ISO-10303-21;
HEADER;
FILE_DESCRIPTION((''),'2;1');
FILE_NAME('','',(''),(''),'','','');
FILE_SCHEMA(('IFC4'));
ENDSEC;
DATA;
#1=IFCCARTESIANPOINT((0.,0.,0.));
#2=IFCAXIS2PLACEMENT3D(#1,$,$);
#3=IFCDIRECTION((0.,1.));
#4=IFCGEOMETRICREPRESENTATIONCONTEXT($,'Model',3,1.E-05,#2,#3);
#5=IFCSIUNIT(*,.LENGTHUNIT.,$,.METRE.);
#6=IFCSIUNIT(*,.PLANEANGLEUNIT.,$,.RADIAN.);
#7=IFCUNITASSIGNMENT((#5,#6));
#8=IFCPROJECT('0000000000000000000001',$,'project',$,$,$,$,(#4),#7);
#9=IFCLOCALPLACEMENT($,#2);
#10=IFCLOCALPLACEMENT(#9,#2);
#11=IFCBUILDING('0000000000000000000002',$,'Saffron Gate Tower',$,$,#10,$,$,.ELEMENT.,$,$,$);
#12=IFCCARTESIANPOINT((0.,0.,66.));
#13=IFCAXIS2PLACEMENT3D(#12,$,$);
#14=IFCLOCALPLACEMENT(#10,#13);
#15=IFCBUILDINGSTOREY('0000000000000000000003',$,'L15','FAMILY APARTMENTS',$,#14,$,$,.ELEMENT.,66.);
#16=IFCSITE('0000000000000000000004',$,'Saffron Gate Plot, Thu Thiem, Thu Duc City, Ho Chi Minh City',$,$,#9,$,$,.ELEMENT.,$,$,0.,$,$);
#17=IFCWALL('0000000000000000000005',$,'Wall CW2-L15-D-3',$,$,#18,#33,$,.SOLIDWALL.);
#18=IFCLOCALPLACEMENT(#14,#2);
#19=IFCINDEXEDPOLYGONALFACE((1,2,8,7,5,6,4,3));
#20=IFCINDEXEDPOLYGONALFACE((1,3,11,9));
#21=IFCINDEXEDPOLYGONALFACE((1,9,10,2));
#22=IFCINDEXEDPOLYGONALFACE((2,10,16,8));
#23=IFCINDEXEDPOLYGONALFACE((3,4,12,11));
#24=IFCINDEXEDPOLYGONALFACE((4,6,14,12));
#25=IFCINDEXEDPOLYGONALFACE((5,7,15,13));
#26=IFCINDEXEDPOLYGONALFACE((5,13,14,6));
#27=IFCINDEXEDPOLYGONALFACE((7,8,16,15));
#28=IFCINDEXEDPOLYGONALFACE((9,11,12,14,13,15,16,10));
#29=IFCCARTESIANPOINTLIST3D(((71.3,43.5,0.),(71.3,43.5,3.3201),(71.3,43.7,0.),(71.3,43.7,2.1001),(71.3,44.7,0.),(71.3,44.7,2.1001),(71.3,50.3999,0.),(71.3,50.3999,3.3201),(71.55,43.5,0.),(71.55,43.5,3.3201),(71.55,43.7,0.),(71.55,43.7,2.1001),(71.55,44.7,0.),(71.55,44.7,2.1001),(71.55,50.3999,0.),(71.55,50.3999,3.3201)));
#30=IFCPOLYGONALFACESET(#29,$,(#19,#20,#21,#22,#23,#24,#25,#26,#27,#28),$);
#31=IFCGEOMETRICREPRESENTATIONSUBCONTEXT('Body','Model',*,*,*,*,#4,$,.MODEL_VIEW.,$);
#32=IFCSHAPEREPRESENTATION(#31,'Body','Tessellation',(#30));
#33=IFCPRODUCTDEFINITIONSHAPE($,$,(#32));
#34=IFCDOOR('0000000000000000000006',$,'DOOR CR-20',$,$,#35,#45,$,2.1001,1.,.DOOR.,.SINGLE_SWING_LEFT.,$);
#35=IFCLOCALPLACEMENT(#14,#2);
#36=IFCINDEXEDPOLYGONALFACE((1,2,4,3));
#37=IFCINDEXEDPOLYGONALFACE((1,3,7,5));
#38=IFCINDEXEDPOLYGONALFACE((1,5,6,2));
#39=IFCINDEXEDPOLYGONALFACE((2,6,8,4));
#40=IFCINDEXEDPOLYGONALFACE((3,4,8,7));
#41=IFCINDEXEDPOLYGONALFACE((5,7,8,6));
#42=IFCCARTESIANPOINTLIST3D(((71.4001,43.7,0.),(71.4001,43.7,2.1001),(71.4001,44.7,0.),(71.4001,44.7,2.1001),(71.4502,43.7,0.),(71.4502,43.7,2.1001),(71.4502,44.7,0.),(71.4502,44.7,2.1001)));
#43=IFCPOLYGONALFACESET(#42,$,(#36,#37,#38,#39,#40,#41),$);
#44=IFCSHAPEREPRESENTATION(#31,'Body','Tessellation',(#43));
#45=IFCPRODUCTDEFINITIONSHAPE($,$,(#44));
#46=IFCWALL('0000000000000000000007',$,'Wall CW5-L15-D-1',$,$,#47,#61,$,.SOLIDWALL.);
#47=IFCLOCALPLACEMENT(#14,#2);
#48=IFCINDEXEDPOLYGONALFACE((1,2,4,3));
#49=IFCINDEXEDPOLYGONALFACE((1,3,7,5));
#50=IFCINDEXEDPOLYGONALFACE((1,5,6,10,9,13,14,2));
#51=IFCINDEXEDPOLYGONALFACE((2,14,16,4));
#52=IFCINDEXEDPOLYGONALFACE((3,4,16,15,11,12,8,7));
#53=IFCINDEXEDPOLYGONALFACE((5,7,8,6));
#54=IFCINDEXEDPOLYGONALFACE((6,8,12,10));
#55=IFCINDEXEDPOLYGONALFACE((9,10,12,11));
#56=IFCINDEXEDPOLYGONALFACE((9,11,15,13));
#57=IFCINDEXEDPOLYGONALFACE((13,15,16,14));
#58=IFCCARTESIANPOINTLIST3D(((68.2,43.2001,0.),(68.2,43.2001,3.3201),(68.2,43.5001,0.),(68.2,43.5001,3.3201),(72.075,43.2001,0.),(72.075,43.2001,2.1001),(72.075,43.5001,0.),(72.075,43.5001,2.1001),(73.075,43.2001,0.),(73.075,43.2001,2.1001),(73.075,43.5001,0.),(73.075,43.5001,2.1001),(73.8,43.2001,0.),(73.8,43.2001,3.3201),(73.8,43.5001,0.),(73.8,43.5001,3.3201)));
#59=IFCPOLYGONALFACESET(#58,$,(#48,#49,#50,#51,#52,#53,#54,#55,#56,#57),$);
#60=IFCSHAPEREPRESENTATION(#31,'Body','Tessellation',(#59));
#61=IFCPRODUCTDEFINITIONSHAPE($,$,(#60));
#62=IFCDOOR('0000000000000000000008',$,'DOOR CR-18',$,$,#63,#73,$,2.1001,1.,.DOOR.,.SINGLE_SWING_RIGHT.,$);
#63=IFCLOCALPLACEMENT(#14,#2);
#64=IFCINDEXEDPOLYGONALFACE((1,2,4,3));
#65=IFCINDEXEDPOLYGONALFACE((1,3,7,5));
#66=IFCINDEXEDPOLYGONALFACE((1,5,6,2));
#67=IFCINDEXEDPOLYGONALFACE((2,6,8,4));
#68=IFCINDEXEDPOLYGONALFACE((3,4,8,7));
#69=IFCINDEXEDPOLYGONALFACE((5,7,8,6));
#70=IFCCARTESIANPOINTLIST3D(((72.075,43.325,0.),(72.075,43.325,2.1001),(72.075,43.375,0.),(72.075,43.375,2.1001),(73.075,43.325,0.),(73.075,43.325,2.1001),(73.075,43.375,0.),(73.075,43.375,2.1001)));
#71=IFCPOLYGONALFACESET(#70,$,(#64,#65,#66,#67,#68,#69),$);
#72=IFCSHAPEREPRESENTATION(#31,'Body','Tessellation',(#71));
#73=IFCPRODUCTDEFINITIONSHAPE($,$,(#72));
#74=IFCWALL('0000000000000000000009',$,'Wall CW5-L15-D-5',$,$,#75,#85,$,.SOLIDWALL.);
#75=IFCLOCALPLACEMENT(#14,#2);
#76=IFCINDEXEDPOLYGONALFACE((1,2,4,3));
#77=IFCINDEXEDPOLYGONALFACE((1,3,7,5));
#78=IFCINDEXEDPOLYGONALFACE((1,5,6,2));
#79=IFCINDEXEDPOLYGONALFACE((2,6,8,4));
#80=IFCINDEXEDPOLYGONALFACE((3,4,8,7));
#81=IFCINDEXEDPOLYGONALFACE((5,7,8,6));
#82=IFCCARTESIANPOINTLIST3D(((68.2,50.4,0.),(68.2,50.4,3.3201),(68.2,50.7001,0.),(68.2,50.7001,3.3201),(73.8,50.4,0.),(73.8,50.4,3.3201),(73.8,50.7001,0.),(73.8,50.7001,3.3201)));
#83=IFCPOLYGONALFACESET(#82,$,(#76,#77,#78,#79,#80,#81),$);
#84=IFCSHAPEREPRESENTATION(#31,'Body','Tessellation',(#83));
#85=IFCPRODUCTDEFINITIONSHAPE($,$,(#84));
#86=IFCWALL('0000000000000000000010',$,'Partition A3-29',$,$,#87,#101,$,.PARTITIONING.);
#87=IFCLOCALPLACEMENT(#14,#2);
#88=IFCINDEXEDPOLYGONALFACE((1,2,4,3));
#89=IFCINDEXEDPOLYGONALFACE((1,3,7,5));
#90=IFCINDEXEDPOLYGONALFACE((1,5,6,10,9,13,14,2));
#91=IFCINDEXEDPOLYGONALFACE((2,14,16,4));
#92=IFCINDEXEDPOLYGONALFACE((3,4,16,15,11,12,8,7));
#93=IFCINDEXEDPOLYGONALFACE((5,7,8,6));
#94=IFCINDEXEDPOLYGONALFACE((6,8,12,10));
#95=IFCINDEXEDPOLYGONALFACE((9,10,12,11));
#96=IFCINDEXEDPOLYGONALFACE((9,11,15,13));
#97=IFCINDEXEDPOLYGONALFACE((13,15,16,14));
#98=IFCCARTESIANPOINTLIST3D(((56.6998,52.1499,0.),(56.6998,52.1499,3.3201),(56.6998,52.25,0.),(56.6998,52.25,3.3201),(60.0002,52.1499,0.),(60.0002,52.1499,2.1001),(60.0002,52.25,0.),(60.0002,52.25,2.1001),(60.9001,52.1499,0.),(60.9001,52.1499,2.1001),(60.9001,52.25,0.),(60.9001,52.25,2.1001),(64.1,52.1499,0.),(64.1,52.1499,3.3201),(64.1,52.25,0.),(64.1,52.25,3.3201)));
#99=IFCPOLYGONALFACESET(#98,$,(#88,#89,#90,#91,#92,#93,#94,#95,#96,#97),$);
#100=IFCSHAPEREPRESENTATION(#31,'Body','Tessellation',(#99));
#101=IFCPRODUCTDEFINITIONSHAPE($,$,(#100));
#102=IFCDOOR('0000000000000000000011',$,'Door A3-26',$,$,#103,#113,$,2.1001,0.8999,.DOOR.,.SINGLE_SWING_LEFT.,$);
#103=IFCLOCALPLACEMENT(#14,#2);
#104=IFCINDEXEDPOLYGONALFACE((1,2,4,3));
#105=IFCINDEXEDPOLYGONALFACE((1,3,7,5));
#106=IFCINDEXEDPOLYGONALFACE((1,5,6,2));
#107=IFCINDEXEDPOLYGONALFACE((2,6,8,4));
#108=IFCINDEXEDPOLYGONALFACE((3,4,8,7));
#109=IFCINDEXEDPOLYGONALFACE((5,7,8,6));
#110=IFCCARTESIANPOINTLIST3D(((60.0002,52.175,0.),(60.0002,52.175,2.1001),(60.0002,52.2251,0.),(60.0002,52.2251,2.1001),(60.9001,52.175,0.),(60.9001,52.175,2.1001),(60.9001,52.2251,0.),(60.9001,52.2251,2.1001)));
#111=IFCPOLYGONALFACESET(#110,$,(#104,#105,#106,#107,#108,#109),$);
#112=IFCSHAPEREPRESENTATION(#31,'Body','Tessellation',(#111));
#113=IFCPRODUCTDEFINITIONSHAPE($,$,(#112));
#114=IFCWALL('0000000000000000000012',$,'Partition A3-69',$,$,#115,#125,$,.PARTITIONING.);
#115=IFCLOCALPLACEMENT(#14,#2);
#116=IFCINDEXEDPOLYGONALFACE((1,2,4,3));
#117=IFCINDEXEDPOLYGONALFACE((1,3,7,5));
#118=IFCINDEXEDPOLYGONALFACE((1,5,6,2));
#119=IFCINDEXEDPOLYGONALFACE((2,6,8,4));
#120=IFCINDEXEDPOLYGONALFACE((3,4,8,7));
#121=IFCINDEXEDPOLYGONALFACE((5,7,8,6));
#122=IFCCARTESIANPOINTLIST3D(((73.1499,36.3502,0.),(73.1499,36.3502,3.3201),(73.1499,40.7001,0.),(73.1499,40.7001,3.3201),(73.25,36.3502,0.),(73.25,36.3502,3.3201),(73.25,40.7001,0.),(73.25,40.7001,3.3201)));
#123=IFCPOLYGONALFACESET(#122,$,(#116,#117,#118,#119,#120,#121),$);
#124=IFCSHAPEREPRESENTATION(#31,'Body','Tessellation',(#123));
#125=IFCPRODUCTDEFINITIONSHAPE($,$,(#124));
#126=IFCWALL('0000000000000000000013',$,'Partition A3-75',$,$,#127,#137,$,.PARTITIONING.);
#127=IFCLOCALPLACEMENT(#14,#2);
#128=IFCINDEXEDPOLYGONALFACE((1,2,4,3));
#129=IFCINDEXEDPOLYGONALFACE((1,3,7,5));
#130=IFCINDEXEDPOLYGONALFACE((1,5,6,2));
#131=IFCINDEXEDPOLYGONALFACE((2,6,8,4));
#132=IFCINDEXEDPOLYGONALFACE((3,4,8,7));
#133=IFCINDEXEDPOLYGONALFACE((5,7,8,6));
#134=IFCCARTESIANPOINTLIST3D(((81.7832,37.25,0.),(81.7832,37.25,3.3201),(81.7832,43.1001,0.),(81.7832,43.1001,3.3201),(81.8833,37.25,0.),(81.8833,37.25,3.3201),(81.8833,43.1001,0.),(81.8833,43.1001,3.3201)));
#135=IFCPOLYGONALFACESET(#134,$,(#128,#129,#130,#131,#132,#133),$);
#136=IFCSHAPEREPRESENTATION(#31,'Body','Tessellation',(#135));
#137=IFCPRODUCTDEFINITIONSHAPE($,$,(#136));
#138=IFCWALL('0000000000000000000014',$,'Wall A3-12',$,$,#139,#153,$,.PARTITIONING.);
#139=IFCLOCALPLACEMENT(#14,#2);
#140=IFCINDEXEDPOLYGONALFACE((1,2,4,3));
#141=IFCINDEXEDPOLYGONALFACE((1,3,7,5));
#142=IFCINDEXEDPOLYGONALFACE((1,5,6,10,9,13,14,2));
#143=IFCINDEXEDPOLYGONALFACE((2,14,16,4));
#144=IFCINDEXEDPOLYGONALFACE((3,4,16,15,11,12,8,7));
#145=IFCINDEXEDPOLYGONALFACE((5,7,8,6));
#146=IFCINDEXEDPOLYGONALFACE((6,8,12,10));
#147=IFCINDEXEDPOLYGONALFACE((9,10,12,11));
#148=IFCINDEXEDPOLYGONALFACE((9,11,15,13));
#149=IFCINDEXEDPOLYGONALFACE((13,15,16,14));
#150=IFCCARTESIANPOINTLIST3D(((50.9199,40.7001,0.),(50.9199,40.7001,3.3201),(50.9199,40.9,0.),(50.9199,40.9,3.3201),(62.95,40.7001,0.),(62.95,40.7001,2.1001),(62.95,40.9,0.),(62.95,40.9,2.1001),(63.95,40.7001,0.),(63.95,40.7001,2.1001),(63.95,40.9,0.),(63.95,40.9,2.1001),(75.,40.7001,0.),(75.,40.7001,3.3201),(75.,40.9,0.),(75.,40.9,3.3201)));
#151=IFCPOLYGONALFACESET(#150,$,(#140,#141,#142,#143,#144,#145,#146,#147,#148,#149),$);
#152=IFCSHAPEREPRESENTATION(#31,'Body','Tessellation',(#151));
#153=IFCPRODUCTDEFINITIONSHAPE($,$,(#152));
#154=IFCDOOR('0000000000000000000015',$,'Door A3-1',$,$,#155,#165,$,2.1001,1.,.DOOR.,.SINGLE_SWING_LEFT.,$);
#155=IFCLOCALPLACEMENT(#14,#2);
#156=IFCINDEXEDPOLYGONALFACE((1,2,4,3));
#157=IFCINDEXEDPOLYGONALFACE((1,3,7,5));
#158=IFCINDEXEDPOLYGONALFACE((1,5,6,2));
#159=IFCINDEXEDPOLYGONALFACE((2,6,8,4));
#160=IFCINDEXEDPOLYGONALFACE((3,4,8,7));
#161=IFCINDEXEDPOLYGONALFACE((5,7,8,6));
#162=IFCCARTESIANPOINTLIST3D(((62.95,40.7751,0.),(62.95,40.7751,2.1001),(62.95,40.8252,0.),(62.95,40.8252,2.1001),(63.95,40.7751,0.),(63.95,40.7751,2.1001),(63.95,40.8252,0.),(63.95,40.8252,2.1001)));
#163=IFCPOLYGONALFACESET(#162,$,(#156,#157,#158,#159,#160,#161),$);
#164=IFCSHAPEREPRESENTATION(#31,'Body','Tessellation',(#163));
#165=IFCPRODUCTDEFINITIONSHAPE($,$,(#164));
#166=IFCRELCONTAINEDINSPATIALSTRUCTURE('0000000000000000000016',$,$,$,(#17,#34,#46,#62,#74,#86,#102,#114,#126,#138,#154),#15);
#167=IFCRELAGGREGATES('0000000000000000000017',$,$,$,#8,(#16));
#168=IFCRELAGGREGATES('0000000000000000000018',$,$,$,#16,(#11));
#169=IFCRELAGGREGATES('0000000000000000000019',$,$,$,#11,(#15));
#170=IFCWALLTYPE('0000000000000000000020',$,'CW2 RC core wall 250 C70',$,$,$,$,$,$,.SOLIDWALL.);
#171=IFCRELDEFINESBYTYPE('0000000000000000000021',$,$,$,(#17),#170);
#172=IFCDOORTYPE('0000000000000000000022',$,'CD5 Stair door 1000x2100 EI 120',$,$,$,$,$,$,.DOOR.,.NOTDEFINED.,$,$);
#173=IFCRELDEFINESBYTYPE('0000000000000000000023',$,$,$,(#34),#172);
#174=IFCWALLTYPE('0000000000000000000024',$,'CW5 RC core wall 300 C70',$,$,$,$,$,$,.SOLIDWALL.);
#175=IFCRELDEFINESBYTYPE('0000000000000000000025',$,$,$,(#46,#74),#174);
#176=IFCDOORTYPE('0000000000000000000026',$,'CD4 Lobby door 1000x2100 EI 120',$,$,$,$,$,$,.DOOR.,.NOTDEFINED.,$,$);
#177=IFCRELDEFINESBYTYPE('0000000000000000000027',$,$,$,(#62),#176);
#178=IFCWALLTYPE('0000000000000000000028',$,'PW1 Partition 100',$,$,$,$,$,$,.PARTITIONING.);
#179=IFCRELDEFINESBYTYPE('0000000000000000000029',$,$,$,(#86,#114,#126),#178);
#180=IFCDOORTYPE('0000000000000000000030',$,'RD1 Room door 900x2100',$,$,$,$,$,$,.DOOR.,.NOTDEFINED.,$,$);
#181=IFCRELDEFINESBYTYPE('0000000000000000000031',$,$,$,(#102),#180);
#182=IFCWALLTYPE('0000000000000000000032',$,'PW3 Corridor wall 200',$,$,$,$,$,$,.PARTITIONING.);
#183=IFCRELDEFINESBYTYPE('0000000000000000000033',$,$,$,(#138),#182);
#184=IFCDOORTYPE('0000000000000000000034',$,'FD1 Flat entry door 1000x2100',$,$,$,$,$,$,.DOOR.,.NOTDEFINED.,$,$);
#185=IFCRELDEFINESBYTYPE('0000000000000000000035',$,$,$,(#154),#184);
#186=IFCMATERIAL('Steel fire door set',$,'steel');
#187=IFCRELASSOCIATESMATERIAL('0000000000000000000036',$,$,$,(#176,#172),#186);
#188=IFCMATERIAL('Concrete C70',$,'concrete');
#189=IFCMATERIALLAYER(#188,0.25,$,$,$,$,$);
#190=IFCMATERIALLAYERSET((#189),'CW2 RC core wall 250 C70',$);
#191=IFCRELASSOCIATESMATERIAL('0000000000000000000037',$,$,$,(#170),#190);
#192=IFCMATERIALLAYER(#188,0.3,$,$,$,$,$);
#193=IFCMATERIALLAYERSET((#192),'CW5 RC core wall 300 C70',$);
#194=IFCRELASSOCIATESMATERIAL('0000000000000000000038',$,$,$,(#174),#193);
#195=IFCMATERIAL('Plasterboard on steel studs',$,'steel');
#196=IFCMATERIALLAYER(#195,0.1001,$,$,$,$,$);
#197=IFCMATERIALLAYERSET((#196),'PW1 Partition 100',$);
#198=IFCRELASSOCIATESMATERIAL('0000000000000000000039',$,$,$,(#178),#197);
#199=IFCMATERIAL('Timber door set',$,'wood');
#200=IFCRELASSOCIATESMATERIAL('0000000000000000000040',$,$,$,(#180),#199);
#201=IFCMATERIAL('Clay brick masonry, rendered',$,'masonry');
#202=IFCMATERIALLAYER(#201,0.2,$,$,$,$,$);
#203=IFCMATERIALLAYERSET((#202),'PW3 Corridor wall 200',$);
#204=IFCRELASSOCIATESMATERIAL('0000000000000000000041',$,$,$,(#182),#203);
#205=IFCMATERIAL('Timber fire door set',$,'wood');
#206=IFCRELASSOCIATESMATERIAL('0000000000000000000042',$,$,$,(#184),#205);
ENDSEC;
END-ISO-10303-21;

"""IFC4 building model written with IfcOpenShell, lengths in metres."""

from ifc_helpers import new_model, si_unit, direction, frame, frame_2d, origin, place, context, subcontext, project, spatial, rectangle, extrude, material, layer, layer_set, type_object, element, fill, save


model = new_model("IFC4")

# Units and contexts
model_context = context("Model", 3, precision=1e-05, world=origin(), true_north=direction((0.0, 1.0)))
body_context = subcontext(model_context, "Body", "Model", "MODEL_VIEW")
ifc_project = project(units=[si_unit("LENGTHUNIT", "METRE"), si_unit("PLANEANGLEUNIT", "RADIAN")], contexts=[model_context])

# Site, building, storey
site_placement = place(None, origin())
site = spatial("IfcSite", under=ifc_project, at=site_placement, Name="Saffron Gate Plot, Thu Thiem, Thu Duc City, Ho Chi Minh City", CompositionType="ELEMENT", RefElevation=0.0)
building_placement = place(site_placement, origin())
building = spatial("IfcBuilding", under=site, at=building_placement, Name="Saffron Gate Tower", CompositionType="ELEMENT")
storey_placement = place(building_placement, frame((0.0, 0.0, 66.0)))
storey = spatial("IfcBuildingStorey", under=building, at=storey_placement, Name="L15", Description="FAMILY APARTMENTS", CompositionType="ELEMENT", Elevation=66.0)

# Shared definitions
ifc_material_1 = material(Name="Steel fire door set", Category="steel")
door_type_1 = type_object("IfcDoorType", Name="CD4 Lobby door 1000x2100 EI 120", OperationType="NOTDEFINED", PredefinedType="DOOR", material=ifc_material_1)

# Shared definitions
ifc_material_2 = material(Name="Concrete C70", Category="concrete")
ifc_layer_1 = layer(ifc_material_2, 0.25)
ifc_layer_set_1 = layer_set([ifc_layer_1], Name="CW2 RC core wall 250 C70")
wall_type_1 = type_object("IfcWallType", Name="CW2 RC core wall 250 C70", PredefinedType="SOLIDWALL", material=ifc_layer_set_1)

# Walls, openings, doors
wall_1_placement = place(storey_placement, frame((71.425, 43.5, 0.0), z_axis=(0.0, 0.0, 1.0), x_axis=(0.0, 1.0, 0.0)))
wall_1 = element("IfcWall", 1, at=wall_1_placement, inside=storey, type_object=wall_type_1, Name="Wall CW2-L15-D-3", PredefinedType="SOLIDWALL", context=body_context, shape_type="SweptSolid", body=[
    extrude(rectangle(XDim=6.8999, YDim=0.25, at=frame_2d((3.45, 0.0))), origin(), (0.0, 0.0, 1.0), 3.3201),
])
opening_1_placement = place(wall_1_placement, frame((0.2, 0.0, 0.0)))
opening_1 = element("IfcOpeningElement", 2, at=opening_1_placement, cuts=wall_1, PredefinedType="OPENING", context=body_context, shape_type="SweptSolid", body=[
    extrude(rectangle(XDim=1.0, YDim=2.1001, at=frame_2d((0.5, 1.05))), frame((0.0, 0.135, 0.0), z_axis=(0.0, -1.0, 0.0), x_axis=(1.0, 0.0, 0.0)), (0.0, 0.0, 1.0), 0.27),
])
door_type_2 = type_object("IfcDoorType", Name="CD5 Stair door 1000x2100 EI 120", OperationType="NOTDEFINED", PredefinedType="DOOR", material=ifc_material_1)
door_1_placement = place(opening_1_placement, origin())
door_1 = element("IfcDoor", 3, at=door_1_placement, inside=storey, type_object=door_type_2, Name="DOOR CR-20", OperationType="SINGLE_SWING_LEFT", OverallHeight=2.1001, OverallWidth=1.0, PredefinedType="DOOR", context=body_context, shape_type="SweptSolid", body=[
    extrude(rectangle(XDim=1.0, YDim=2.1001, at=frame_2d((0.5, 1.05))), frame((0.0, 0.0249, 0.0), z_axis=(0.0, -1.0, 0.0), x_axis=(1.0, 0.0, 0.0)), (0.0, 0.0, 1.0), 0.05),
])
fill(opening_1, door_1)
ifc_layer_2 = layer(ifc_material_2, 0.3)
ifc_layer_set_2 = layer_set([ifc_layer_2], Name="CW5 RC core wall 300 C70")
wall_type_2 = type_object("IfcWallType", Name="CW5 RC core wall 300 C70", PredefinedType="SOLIDWALL", material=ifc_layer_set_2)
wall_2_placement = place(storey_placement, frame((68.2, 43.3501, 0.0), z_axis=(0.0, 0.0, 1.0), x_axis=(1.0, 0.0, 0.0)))
wall_2 = element("IfcWall", 4, at=wall_2_placement, inside=storey, type_object=wall_type_2, Name="Wall CW5-L15-D-1", PredefinedType="SOLIDWALL", context=body_context, shape_type="SweptSolid", body=[
    extrude(rectangle(XDim=5.6001, YDim=0.3, at=frame_2d((2.8, 0.0))), origin(), (0.0, 0.0, 1.0), 3.3201),
])
opening_2_placement = place(wall_2_placement, frame((3.875, 0.0, 0.0)))
opening_2 = element("IfcOpeningElement", 5, at=opening_2_placement, cuts=wall_2, PredefinedType="OPENING", context=body_context, shape_type="SweptSolid", body=[
    extrude(rectangle(XDim=1.0, YDim=2.1001, at=frame_2d((0.5, 1.05))), frame((0.0, 0.1602, 0.0), z_axis=(0.0, -1.0, 0.0), x_axis=(1.0, 0.0, 0.0)), (0.0, 0.0, 1.0), 0.3201),
])
door_2_placement = place(opening_2_placement, origin())
door_2 = element("IfcDoor", 6, at=door_2_placement, inside=storey, type_object=door_type_1, Name="DOOR CR-18", OperationType="SINGLE_SWING_RIGHT", OverallHeight=2.1001, OverallWidth=1.0, PredefinedType="DOOR", context=body_context, shape_type="SweptSolid", body=[
    extrude(rectangle(XDim=1.0, YDim=2.1001, at=frame_2d((0.5, 1.05))), frame((0.0, 0.0249, 0.0), z_axis=(0.0, -1.0, 0.0), x_axis=(1.0, 0.0, 0.0)), (0.0, 0.0, 1.0), 0.05),
])
fill(opening_2, door_2)

# Wall
wall_3_placement = place(storey_placement, frame((68.2, 50.55, 0.0), z_axis=(0.0, 0.0, 1.0), x_axis=(1.0, 0.0, 0.0)))
element("IfcWall", 7, at=wall_3_placement, inside=storey, type_object=wall_type_2, Name="Wall CW5-L15-D-5", PredefinedType="SOLIDWALL", context=body_context, shape_type="SweptSolid", body=[
    extrude(rectangle(XDim=5.6001, YDim=0.3, at=frame_2d((2.8, 0.0))), origin(), (0.0, 0.0, 1.0), 3.3201),
])

# Wall, opening, door
ifc_material_3 = material(Name="Plasterboard on steel studs", Category="steel")
ifc_layer_3 = layer(ifc_material_3, 0.1001)
ifc_layer_set_3 = layer_set([ifc_layer_3], Name="PW1 Partition 100")
wall_type_3 = type_object("IfcWallType", Name="PW1 Partition 100", PredefinedType="PARTITIONING", material=ifc_layer_set_3)
wall_4_placement = place(storey_placement, frame((64.1001, 52.2, 0.0), z_axis=(0.0, 0.0, 1.0), x_axis=(-1.0, 0.0, 0.0)))
wall_4 = element("IfcWall", 8, at=wall_4_placement, inside=storey, type_object=wall_type_3, Name="Partition A3-29", PredefinedType="PARTITIONING", context=body_context, shape_type="SweptSolid", body=[
    extrude(rectangle(XDim=7.4001, YDim=0.1001, at=frame_2d((3.7002, 0.0))), origin(), (0.0, 0.0, 1.0), 3.3201),
])
opening_3_placement = place(wall_4_placement, frame((3.2, 0.0, 0.0)))
opening_3 = element("IfcOpeningElement", 9, at=opening_3_placement, cuts=wall_4, PredefinedType="OPENING", context=body_context, shape_type="SweptSolid", body=[
    extrude(rectangle(XDim=0.8999, YDim=2.1001, at=frame_2d((0.45, 1.05))), frame((0.0, 0.0601, 0.0), z_axis=(0.0, -1.0, 0.0), x_axis=(1.0, 0.0, 0.0)), (0.0, 0.0, 1.0), 0.1201),
])
ifc_material_4 = material(Name="Timber door set", Category="wood")
door_type_3 = type_object("IfcDoorType", Name="RD1 Room door 900x2100", OperationType="NOTDEFINED", PredefinedType="DOOR", material=ifc_material_4)
door_3_placement = place(opening_3_placement, origin())
door_3 = element("IfcDoor", 10, at=door_3_placement, inside=storey, type_object=door_type_3, Name="Door A3-26", OperationType="SINGLE_SWING_LEFT", OverallHeight=2.1001, OverallWidth=0.8999, PredefinedType="DOOR", context=body_context, shape_type="SweptSolid", body=[
    extrude(rectangle(XDim=0.8999, YDim=2.1001, at=frame_2d((0.45, 1.05))), frame((0.0, 0.0249, 0.0), z_axis=(0.0, -1.0, 0.0), x_axis=(1.0, 0.0, 0.0)), (0.0, 0.0, 1.0), 0.05),
])
fill(opening_3, door_3)

# Walls
wall_5_placement = place(storey_placement, frame((73.2, 40.7, 0.0), z_axis=(0.0, 0.0, 1.0), x_axis=(0.0, -1.0, 0.0)))
element("IfcWall", 11, at=wall_5_placement, inside=storey, type_object=wall_type_3, Name="Partition A3-69", PredefinedType="PARTITIONING", context=body_context, shape_type="SweptSolid", body=[
    extrude(rectangle(XDim=4.3499, YDim=0.1001, at=frame_2d((2.1748, 0.0))), origin(), (0.0, 0.0, 1.0), 3.3201),
])
wall_6_placement = place(storey_placement, frame((81.8333, 43.1001, 0.0), z_axis=(0.0, 0.0, 1.0), x_axis=(0.0, -1.0, 0.0)))
element("IfcWall", 12, at=wall_6_placement, inside=storey, type_object=wall_type_3, Name="Partition A3-75", PredefinedType="PARTITIONING", context=body_context, shape_type="SweptSolid", body=[
    extrude(rectangle(XDim=5.8501, YDim=0.1001, at=frame_2d((2.925, 0.0))), origin(), (0.0, 0.0, 1.0), 3.3201),
])

# Wall, opening, door
ifc_material_5 = material(Name="Clay brick masonry, rendered", Category="masonry")
ifc_layer_4 = layer(ifc_material_5, 0.2)
ifc_layer_set_4 = layer_set([ifc_layer_4], Name="PW3 Corridor wall 200")
wall_type_4 = type_object("IfcWallType", Name="PW3 Corridor wall 200", PredefinedType="PARTITIONING", material=ifc_layer_set_4)
wall_7_placement = place(storey_placement, frame((75.0, 40.8, 0.0), z_axis=(0.0, 0.0, 1.0), x_axis=(-1.0, 0.0, 0.0)))
wall_7 = element("IfcWall", 13, at=wall_7_placement, inside=storey, type_object=wall_type_4, Name="Wall A3-12", PredefinedType="PARTITIONING", context=body_context, shape_type="SweptSolid", body=[
    extrude(rectangle(XDim=24.0801, YDim=0.2, at=frame_2d((12.04, 0.0))), origin(), (0.0, 0.0, 1.0), 3.3201),
])
opening_4_placement = place(wall_7_placement, frame((11.05, 0.0, 0.0)))
opening_4 = element("IfcOpeningElement", 14, at=opening_4_placement, cuts=wall_7, PredefinedType="OPENING", context=body_context, shape_type="SweptSolid", body=[
    extrude(rectangle(XDim=1.0, YDim=2.1001, at=frame_2d((0.5, 1.05))), frame((0.0, 0.1099, 0.0), z_axis=(0.0, -1.0, 0.0), x_axis=(1.0, 0.0, 0.0)), (0.0, 0.0, 1.0), 0.22),
])
ifc_material_6 = material(Name="Timber fire door set", Category="wood")
door_type_4 = type_object("IfcDoorType", Name="FD1 Flat entry door 1000x2100", OperationType="NOTDEFINED", PredefinedType="DOOR", material=ifc_material_6)
door_4_placement = place(opening_4_placement, origin())
door_4 = element("IfcDoor", 15, at=door_4_placement, inside=storey, type_object=door_type_4, Name="Door A3-1", OperationType="SINGLE_SWING_LEFT", OverallHeight=2.1001, OverallWidth=1.0, PredefinedType="DOOR", context=body_context, shape_type="SweptSolid", body=[
    extrude(rectangle(XDim=1.0, YDim=2.1001, at=frame_2d((0.5, 1.05))), frame((0.0, 0.0249, 0.0), z_axis=(0.0, -1.0, 0.0), x_axis=(1.0, 0.0, 0.0)), (0.0, 0.0, 1.0), 0.05),
])
fill(opening_4, door_4)

save(model, "model.ifc")
